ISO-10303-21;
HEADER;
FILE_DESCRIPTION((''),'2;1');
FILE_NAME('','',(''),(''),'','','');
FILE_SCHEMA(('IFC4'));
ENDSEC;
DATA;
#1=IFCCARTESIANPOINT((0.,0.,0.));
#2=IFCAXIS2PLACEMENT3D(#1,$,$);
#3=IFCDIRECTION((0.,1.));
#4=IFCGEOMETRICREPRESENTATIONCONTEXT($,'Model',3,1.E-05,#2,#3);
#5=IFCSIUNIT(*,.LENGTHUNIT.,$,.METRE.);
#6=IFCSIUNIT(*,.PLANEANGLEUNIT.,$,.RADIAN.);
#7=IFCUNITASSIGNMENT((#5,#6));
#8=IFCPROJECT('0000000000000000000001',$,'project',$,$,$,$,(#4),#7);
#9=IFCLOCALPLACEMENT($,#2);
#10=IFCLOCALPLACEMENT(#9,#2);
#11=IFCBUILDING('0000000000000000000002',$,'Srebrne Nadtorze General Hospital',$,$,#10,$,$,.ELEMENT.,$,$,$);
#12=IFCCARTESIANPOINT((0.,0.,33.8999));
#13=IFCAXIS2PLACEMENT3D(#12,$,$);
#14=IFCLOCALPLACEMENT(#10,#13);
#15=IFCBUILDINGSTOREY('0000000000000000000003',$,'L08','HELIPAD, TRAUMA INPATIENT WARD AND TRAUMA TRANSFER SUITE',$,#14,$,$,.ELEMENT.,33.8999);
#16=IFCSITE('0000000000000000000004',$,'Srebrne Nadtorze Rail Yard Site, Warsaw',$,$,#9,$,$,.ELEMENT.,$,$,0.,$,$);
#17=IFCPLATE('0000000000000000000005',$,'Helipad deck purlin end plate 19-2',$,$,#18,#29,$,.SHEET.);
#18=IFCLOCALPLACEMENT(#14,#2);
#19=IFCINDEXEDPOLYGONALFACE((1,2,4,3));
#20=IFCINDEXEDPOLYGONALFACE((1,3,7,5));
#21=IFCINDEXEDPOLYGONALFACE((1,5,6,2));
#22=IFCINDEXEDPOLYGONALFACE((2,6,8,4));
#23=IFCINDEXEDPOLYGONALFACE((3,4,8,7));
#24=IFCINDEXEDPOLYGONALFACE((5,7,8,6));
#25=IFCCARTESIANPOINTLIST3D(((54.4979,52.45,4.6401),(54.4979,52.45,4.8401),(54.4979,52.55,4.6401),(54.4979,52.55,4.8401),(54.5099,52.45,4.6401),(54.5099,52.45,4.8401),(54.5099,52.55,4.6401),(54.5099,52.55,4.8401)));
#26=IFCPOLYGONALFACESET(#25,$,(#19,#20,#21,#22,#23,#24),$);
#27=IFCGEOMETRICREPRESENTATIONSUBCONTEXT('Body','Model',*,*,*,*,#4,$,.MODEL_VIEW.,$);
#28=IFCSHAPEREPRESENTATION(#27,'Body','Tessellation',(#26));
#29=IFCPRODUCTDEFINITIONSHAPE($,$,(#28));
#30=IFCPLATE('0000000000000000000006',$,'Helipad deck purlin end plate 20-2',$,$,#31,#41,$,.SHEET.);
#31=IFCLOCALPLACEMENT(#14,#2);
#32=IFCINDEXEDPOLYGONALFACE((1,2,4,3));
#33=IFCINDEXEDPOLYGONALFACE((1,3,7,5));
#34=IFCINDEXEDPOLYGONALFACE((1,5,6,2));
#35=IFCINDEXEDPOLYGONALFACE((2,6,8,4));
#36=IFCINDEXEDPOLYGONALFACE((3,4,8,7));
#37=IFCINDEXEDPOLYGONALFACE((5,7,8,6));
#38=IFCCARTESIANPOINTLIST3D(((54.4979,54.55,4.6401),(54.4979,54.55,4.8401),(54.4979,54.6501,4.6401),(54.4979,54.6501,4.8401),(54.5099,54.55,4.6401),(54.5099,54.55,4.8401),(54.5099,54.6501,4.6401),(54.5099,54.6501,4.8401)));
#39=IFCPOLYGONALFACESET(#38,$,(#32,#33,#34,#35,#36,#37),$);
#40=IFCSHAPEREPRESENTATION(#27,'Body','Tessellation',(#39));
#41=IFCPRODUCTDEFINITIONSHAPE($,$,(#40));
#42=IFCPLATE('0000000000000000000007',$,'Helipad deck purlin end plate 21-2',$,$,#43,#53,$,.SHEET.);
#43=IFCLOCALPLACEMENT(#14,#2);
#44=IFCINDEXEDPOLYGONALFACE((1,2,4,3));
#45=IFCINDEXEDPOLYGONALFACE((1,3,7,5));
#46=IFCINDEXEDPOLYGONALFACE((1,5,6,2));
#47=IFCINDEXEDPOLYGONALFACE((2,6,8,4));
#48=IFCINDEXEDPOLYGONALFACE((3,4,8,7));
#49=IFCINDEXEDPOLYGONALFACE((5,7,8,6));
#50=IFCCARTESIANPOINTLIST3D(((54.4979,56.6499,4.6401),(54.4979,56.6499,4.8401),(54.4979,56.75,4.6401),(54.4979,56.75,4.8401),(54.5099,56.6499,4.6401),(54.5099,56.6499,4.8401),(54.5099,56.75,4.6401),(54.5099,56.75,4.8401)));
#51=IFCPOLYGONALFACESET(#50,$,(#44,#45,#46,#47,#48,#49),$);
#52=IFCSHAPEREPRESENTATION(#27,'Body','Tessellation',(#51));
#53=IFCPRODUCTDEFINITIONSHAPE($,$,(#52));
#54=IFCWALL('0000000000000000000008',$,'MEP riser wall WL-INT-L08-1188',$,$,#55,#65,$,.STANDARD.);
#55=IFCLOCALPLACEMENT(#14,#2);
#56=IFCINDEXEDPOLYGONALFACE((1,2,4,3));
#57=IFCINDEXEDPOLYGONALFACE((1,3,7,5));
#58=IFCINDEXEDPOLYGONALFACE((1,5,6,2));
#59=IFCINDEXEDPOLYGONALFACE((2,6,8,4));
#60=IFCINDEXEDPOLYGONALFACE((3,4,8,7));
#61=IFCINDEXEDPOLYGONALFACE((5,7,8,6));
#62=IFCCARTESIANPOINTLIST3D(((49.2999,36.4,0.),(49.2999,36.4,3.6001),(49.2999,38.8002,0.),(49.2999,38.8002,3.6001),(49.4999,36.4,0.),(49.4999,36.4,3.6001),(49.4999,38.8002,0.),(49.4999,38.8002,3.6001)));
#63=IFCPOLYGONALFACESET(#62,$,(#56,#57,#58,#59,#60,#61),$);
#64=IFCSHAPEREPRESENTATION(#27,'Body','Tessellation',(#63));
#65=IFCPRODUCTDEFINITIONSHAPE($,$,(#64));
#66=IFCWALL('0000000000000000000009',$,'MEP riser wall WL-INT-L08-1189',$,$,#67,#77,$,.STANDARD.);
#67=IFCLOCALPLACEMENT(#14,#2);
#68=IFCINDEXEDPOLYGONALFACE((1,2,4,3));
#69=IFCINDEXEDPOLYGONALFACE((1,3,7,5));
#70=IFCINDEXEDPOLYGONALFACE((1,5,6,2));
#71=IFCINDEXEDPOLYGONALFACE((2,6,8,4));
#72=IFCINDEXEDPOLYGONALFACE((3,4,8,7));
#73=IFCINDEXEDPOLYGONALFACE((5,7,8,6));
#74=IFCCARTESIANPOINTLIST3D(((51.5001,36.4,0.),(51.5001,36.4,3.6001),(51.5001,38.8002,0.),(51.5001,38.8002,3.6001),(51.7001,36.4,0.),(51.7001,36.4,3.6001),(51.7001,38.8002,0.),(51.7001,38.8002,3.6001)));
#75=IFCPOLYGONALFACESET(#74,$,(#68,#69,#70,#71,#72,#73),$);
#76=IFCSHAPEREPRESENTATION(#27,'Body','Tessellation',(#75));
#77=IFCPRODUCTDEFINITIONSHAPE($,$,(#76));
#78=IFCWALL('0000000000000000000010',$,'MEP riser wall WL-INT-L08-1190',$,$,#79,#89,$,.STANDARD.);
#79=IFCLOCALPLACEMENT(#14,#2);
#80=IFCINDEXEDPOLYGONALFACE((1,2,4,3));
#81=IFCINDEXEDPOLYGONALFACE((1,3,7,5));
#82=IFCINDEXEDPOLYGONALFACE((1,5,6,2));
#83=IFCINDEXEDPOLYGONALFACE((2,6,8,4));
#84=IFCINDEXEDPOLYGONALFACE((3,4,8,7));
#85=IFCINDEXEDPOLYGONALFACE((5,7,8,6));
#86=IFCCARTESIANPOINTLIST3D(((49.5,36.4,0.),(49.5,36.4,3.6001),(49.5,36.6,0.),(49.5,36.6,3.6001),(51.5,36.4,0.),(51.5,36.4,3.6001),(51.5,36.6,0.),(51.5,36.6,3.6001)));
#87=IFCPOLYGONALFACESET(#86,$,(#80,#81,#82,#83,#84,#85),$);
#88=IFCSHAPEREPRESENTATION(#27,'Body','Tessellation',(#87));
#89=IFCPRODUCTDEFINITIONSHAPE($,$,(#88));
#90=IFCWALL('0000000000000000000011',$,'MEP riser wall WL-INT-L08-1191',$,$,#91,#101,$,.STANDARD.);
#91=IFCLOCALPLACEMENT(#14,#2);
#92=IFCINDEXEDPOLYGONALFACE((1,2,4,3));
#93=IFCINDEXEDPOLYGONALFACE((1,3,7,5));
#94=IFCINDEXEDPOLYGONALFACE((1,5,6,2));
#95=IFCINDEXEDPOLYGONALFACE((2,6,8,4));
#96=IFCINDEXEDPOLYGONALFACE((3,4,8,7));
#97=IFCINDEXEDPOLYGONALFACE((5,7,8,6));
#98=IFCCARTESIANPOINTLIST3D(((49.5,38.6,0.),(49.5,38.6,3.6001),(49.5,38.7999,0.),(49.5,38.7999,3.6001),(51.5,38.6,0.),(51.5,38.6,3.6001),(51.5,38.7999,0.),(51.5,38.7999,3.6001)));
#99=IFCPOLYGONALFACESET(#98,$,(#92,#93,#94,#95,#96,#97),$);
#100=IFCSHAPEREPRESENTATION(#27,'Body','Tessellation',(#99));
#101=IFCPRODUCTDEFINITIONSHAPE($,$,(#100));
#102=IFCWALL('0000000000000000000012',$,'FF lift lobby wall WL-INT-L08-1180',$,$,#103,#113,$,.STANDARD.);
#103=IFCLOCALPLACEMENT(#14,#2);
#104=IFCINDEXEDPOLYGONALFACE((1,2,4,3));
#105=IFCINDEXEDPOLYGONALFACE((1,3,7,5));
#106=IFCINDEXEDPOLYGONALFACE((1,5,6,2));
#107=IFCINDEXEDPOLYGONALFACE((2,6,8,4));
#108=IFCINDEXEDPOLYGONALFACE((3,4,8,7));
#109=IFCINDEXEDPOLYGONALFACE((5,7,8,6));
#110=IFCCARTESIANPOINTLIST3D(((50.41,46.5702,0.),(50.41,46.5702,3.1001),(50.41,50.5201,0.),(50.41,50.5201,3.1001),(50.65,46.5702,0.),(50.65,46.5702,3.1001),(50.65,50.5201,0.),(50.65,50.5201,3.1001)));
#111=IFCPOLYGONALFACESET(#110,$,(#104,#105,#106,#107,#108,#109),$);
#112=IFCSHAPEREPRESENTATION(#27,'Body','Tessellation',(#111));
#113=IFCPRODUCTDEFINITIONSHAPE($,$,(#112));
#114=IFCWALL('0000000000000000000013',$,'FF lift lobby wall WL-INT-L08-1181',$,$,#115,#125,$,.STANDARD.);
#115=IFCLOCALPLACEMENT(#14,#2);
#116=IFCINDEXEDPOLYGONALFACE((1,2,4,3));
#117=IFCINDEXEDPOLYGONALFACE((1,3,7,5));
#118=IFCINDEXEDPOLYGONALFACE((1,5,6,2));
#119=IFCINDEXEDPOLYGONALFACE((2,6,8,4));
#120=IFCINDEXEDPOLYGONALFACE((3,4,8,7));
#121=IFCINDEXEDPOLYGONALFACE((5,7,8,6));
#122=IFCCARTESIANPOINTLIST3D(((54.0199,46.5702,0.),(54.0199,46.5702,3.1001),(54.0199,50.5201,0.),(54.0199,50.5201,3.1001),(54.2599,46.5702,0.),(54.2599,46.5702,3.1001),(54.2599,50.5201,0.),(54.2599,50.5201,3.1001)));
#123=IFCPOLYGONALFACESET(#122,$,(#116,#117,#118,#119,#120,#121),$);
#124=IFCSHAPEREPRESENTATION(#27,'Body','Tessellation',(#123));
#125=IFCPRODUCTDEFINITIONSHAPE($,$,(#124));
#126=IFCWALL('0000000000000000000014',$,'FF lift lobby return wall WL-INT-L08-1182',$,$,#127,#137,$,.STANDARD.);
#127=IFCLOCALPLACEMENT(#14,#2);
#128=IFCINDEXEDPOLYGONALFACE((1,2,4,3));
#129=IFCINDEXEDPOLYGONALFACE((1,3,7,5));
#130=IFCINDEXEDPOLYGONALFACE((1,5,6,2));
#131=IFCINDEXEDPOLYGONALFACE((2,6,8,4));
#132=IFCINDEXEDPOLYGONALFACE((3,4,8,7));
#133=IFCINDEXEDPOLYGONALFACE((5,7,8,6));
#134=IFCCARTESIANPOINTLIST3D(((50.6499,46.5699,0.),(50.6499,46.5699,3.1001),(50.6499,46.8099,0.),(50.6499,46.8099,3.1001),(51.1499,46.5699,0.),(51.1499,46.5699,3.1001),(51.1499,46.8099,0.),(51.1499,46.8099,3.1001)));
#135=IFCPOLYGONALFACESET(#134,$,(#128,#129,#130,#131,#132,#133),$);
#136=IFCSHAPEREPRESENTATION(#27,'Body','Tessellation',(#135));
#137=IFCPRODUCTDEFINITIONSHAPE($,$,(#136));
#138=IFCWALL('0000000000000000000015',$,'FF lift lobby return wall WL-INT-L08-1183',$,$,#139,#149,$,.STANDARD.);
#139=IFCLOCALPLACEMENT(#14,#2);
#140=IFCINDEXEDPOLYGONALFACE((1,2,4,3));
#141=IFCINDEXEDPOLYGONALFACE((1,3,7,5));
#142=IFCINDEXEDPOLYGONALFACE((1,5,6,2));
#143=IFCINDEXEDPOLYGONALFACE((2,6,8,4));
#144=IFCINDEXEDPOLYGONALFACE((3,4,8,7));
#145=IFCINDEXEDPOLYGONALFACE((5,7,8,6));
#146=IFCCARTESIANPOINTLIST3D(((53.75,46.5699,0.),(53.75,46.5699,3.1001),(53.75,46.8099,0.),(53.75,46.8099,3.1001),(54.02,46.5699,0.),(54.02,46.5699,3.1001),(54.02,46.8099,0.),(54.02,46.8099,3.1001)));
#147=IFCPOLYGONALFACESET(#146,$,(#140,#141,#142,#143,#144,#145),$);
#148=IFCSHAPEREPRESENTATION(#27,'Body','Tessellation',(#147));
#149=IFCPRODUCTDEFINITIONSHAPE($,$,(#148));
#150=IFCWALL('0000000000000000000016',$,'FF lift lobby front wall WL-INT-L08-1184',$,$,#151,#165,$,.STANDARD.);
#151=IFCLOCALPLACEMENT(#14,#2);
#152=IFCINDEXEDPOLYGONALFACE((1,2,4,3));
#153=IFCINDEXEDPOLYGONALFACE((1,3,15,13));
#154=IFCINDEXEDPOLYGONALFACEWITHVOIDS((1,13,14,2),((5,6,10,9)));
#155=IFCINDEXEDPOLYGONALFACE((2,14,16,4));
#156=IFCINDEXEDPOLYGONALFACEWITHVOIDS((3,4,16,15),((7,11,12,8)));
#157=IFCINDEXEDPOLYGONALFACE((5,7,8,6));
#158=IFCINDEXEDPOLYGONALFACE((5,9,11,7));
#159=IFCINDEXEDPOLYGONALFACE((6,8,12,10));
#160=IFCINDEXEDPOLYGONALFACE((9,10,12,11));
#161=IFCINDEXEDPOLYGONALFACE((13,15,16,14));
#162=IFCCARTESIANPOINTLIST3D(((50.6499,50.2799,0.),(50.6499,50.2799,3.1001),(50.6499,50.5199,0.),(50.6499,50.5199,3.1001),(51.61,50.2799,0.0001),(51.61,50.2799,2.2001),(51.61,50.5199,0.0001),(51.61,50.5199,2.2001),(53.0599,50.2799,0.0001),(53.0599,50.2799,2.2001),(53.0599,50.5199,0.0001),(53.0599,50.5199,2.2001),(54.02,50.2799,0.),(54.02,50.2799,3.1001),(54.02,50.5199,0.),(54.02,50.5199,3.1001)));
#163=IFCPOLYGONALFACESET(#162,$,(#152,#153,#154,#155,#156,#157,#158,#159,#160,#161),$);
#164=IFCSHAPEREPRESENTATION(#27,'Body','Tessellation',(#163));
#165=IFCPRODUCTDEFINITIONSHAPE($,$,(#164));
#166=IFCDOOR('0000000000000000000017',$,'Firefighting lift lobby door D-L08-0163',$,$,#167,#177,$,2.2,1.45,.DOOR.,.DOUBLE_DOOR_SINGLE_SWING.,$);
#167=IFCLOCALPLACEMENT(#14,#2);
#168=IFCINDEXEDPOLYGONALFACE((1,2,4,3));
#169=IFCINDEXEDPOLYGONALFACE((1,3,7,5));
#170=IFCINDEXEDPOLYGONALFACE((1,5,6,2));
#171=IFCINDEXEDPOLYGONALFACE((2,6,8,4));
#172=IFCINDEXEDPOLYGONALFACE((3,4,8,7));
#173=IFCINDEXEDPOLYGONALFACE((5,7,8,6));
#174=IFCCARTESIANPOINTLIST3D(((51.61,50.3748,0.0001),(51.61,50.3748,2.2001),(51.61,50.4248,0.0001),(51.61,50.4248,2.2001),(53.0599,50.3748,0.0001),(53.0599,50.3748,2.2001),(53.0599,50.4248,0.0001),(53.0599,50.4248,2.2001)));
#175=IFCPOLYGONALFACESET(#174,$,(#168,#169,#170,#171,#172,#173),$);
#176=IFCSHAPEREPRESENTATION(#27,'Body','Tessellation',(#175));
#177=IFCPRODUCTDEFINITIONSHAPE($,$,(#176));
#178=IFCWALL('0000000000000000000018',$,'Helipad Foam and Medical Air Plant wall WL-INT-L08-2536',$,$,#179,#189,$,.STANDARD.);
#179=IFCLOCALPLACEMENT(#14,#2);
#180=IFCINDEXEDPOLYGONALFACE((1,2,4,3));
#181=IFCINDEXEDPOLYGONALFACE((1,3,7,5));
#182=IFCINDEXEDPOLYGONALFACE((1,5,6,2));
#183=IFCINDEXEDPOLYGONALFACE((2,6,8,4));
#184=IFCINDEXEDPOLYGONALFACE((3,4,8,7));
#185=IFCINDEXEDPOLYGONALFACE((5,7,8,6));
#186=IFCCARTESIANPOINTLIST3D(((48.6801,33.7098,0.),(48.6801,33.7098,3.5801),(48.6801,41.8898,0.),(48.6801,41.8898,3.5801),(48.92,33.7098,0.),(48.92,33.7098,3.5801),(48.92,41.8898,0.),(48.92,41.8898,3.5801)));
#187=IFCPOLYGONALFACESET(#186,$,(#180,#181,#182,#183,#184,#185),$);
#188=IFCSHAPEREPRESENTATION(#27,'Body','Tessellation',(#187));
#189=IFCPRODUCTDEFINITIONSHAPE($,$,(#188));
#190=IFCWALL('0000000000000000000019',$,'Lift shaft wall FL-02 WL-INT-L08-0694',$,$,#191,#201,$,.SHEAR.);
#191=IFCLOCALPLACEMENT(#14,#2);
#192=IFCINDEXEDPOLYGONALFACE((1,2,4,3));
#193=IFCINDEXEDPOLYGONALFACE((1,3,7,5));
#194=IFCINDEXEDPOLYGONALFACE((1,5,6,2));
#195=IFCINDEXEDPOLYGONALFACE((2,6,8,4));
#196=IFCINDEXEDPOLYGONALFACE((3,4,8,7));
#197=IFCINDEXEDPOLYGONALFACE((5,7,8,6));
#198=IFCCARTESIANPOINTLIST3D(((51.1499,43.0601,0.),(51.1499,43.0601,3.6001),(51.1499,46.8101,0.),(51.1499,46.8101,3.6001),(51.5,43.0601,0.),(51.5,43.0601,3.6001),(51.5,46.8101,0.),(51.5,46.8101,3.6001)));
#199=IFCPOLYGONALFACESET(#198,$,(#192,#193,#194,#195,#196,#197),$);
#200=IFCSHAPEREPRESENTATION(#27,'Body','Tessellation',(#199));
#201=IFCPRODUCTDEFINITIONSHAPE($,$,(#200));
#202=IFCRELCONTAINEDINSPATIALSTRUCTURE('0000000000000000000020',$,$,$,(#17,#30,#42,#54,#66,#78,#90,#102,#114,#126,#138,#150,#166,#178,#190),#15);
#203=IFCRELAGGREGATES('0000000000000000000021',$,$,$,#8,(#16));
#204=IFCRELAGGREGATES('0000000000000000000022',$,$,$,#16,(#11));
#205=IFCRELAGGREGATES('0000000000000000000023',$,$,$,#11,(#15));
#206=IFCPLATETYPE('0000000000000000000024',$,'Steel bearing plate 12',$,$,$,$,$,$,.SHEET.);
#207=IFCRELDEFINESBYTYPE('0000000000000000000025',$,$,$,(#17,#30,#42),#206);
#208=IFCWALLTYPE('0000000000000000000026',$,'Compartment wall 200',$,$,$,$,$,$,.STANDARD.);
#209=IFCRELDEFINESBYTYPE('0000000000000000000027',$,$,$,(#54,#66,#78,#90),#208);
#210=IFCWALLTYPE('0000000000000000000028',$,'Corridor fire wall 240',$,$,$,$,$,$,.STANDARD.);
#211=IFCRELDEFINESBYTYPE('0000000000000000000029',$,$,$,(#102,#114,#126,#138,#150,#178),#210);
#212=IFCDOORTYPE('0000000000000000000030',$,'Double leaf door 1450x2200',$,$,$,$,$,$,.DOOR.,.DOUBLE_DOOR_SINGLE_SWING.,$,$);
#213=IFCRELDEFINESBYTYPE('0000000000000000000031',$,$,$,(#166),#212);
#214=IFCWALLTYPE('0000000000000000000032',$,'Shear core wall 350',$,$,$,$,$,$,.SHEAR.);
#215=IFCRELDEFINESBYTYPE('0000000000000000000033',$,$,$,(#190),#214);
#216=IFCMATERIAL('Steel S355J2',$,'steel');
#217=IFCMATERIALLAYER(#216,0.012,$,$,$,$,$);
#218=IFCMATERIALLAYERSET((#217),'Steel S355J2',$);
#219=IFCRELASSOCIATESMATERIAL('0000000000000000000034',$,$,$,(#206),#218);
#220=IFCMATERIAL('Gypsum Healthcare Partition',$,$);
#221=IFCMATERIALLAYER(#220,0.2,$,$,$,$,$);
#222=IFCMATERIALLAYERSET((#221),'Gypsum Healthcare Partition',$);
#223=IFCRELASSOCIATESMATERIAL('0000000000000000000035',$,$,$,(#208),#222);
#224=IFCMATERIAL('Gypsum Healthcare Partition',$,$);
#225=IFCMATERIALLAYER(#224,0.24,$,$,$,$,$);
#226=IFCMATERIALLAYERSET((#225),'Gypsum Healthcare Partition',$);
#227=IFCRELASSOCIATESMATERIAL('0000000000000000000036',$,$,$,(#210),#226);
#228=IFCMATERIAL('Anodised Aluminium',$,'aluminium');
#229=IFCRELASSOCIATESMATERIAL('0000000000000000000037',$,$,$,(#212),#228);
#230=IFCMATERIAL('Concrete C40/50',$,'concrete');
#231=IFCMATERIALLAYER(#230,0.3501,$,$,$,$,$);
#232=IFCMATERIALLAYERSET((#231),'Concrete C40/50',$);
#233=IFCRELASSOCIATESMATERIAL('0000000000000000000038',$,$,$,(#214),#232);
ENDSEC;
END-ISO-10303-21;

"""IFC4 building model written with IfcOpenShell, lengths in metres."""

from ifc_helpers import new_model, si_unit, direction, frame, frame_2d, origin, origin_2d, place, context, subcontext, project, spatial, rectangle, extrude, material, layer, layer_set, type_object, element, fill, save


model = new_model("IFC4")

# Units and contexts
model_context = context("Model", 3, precision=1e-05, world=origin(), true_north=direction((0.0, 1.0)))
body_context = subcontext(model_context, "Body", "Model", "MODEL_VIEW")
ifc_project = project(units=[si_unit("LENGTHUNIT", "METRE"), si_unit("PLANEANGLEUNIT", "RADIAN")], contexts=[model_context])

# Site, building, storey
site_placement = place(None, origin())
site = spatial("IfcSite", under=ifc_project, at=site_placement, Name="Srebrne Nadtorze Rail Yard Site, Warsaw", CompositionType="ELEMENT", RefElevation=0.0)
building_placement = place(site_placement, origin())
building = spatial("IfcBuilding", under=site, at=building_placement, Name="Srebrne Nadtorze General Hospital", CompositionType="ELEMENT")
storey_placement = place(building_placement, frame((0.0, 0.0, 33.8999)))
storey = spatial("IfcBuildingStorey", under=building, at=storey_placement, Name="L08", Description="HELIPAD, TRAUMA INPATIENT WARD AND TRAUMA TRANSFER SUITE", CompositionType="ELEMENT", Elevation=33.8999)

# Plates
ifc_material_1 = material(Name="Steel S355J2", Category="steel")
ifc_layer_1 = layer(ifc_material_1, 0.012)
ifc_layer_set_1 = layer_set([ifc_layer_1], Name="Steel S355J2")
plate_type = type_object("IfcPlateType", Name="Steel bearing plate 12", PredefinedType="SHEET", material=ifc_layer_set_1)
for number, where, z_axis, x_axis, name in (
    (1, (54.5039, 52.5, 4.6401), (0.0, 0.0, 1.0), (1.0, 0.0, 0.0), "Helipad deck purlin end plate 19-2"),
    (2, (54.5039, 54.6001, 4.6401), (0.0, 0.0, 1.0), (1.0, 0.0, 0.0), "Helipad deck purlin end plate 20-2"),
    (3, (54.5039, 56.7, 4.6401), (0.0, 0.0, 1.0), (1.0, 0.0, 0.0), "Helipad deck purlin end plate 21-2"),
):
    element("IfcPlate", number, at=place(storey_placement, frame(where, z_axis=z_axis, x_axis=x_axis)), inside=storey, type_object=plate_type, Name=name, PredefinedType="SHEET", context=body_context, shape_type="SweptSolid", body=[
        extrude(rectangle(XDim=0.012, YDim=0.1001, at=origin_2d()), origin(), (0.0, 0.0, 1.0), 0.2),
    ])

# Walls
ifc_material_2 = material(Name="Gypsum Healthcare Partition")
ifc_layer_2 = layer(ifc_material_2, 0.2)
ifc_layer_set_2 = layer_set([ifc_layer_2], Name="Gypsum Healthcare Partition")
wall_type_1 = type_object("IfcWallType", Name="Compartment wall 200", PredefinedType="STANDARD", material=ifc_layer_set_2)
for number, where, z_axis, x_axis, name in (
    (4, (49.3999, 36.3999, 0.0), (0.0, 0.0, 1.0), (0.0, 1.0, 0.0), "MEP riser wall WL-INT-L08-1188"),
    (5, (51.6001, 36.3999, 0.0), (0.0, 0.0, 1.0), (0.0, 1.0, 0.0), "MEP riser wall WL-INT-L08-1189"),
):
    element("IfcWall", number, at=place(storey_placement, frame(where, z_axis=z_axis, x_axis=x_axis)), inside=storey, type_object=wall_type_1, Name=name, PredefinedType="STANDARD", context=body_context, shape_type="SweptSolid", body=[
        extrude(rectangle(XDim=2.4001, YDim=0.2, at=frame_2d((1.2002, 0.0))), origin(), (0.0, 0.0, 1.0), 3.6001),
    ])
for number, where, z_axis, x_axis, name in (
    (6, (49.5, 36.5, 0.0), (0.0, 0.0, 1.0), (1.0, 0.0, 0.0), "MEP riser wall WL-INT-L08-1190"),
    (7, (49.5, 38.7, 0.0), (0.0, 0.0, 1.0), (1.0, 0.0, 0.0), "MEP riser wall WL-INT-L08-1191"),
):
    element("IfcWall", number, at=place(storey_placement, frame(where, z_axis=z_axis, x_axis=x_axis)), inside=storey, type_object=wall_type_1, Name=name, PredefinedType="STANDARD", context=body_context, shape_type="SweptSolid", body=[
        extrude(rectangle(XDim=2.0, YDim=0.2, at=frame_2d((1.0, 0.0))), origin(), (0.0, 0.0, 1.0), 3.6001),
    ])
ifc_material_3 = material(Name="Gypsum Healthcare Partition")
ifc_layer_3 = layer(ifc_material_3, 0.24)
ifc_layer_set_3 = layer_set([ifc_layer_3], Name="Gypsum Healthcare Partition")
wall_type_2 = type_object("IfcWallType", Name="Corridor fire wall 240", PredefinedType="STANDARD", material=ifc_layer_set_3)
for number, where, z_axis, x_axis, name in (
    (8, (50.53, 46.5701, 0.0), (0.0, 0.0, 1.0), (0.0, 1.0, 0.0), "FF lift lobby wall WL-INT-L08-1180"),
    (9, (54.1399, 46.5701, 0.0), (0.0, 0.0, 1.0), (0.0, 1.0, 0.0), "FF lift lobby wall WL-INT-L08-1181"),
):
    element("IfcWall", number, at=place(storey_placement, frame(where, z_axis=z_axis, x_axis=x_axis)), inside=storey, type_object=wall_type_2, Name=name, PredefinedType="STANDARD", context=body_context, shape_type="SweptSolid", body=[
        extrude(rectangle(XDim=3.95, YDim=0.24, at=frame_2d((1.9751, 0.0))), origin(), (0.0, 0.0, 1.0), 3.1001),
    ])
wall_1_placement = place(storey_placement, frame((50.6499, 46.6899, 0.0), z_axis=(0.0, 0.0, 1.0), x_axis=(1.0, 0.0, 0.0)))
element("IfcWall", 10, at=wall_1_placement, inside=storey, type_object=wall_type_2, Name="FF lift lobby return wall WL-INT-L08-1182", PredefinedType="STANDARD", context=body_context, shape_type="SweptSolid", body=[
    extrude(rectangle(XDim=0.5, YDim=0.24, at=frame_2d((0.25, 0.0))), origin(), (0.0, 0.0, 1.0), 3.1001),
])
wall_2_placement = place(storey_placement, frame((53.75, 46.6899, 0.0), z_axis=(0.0, 0.0, 1.0), x_axis=(1.0, 0.0, 0.0)))
element("IfcWall", 11, at=wall_2_placement, inside=storey, type_object=wall_type_2, Name="FF lift lobby return wall WL-INT-L08-1183", PredefinedType="STANDARD", context=body_context, shape_type="SweptSolid", body=[
    extrude(rectangle(XDim=0.27, YDim=0.24, at=frame_2d((0.135, 0.0))), origin(), (0.0, 0.0, 1.0), 3.1001),
])

# Wall, opening, door
wall_3_placement = place(storey_placement, frame((50.6499, 50.3999, 0.0), z_axis=(0.0, 0.0, 1.0), x_axis=(1.0, 0.0, 0.0)))
wall_3 = element("IfcWall", 12, at=wall_3_placement, inside=storey, type_object=wall_type_2, Name="FF lift lobby front wall WL-INT-L08-1184", PredefinedType="STANDARD", context=body_context, shape_type="SweptSolid", body=[
    extrude(rectangle(XDim=3.3701, YDim=0.24, at=frame_2d((1.6851, 0.0))), origin(), (0.0, 0.0, 1.0), 3.1001),
])
opening_1_placement = place(wall_3_placement, frame((0.96, 0.0, 0.0)))
opening_1 = element("IfcOpeningElement", 13, at=opening_1_placement, cuts=wall_3, PredefinedType="OPENING", context=body_context, shape_type="SweptSolid", body=[
    extrude(rectangle(XDim=1.45, YDim=2.2, at=frame_2d((0.7251, 1.1001))), frame((0.0, 0.1318, 0.0), z_axis=(0.0, -1.0, 0.0), x_axis=(1.0, 0.0, 0.0)), (0.0, 0.0, 1.0), 0.2639),
])
ifc_material_4 = material(Name="Anodised Aluminium", Category="aluminium")
door_type_1 = type_object("IfcDoorType", Name="Double leaf door 1450x2200", OperationType="DOUBLE_DOOR_SINGLE_SWING", PredefinedType="DOOR", material=ifc_material_4)
door_1_placement = place(opening_1_placement, origin())
door_1 = element("IfcDoor", 14, at=door_1_placement, inside=storey, type_object=door_type_1, Name="Firefighting lift lobby door D-L08-0163", OperationType="DOUBLE_DOOR_SINGLE_SWING", OverallHeight=2.2, OverallWidth=1.45, PredefinedType="DOOR", context=body_context, shape_type="SweptSolid", body=[
    extrude(rectangle(XDim=1.45, YDim=2.2, at=frame_2d((0.7251, 1.1001))), frame((0.0, 0.0249, 0.0), z_axis=(0.0, -1.0, 0.0), x_axis=(1.0, 0.0, 0.0)), (0.0, 0.0, 1.0), 0.05),
])
fill(opening_1, door_1)

# Walls
wall_4_placement = place(storey_placement, frame((48.8, 33.71, 0.0), z_axis=(0.0, 0.0, 1.0), x_axis=(0.0, 1.0, 0.0)))
element("IfcWall", 15, at=wall_4_placement, inside=storey, type_object=wall_type_2, Name="Helipad Foam and Medical Air Plant wall WL-INT-L08-2536", PredefinedType="STANDARD", context=body_context, shape_type="SweptSolid", body=[
    extrude(rectangle(XDim=8.1799, YDim=0.24, at=frame_2d((4.0898, 0.0))), origin(), (0.0, 0.0, 1.0), 3.5801),
])
ifc_material_5 = material(Name="Concrete C40/50", Category="concrete")
ifc_layer_4 = layer(ifc_material_5, 0.3501)
ifc_layer_set_4 = layer_set([ifc_layer_4], Name="Concrete C40/50")
wall_type_3 = type_object("IfcWallType", Name="Shear core wall 350", PredefinedType="SHEAR", material=ifc_layer_set_4)
for number, where, z_axis, x_axis, name in (
    (16, (51.325, 43.0601, 0.0), (0.0, 0.0, 1.0), (0.0, 1.0, 0.0), "Lift shaft wall FL-02 WL-INT-L08-0694"),
):
    element("IfcWall", number, at=place(storey_placement, frame(where, z_axis=z_axis, x_axis=x_axis)), inside=storey, type_object=wall_type_3, Name=name, PredefinedType="SHEAR", context=body_context, shape_type="SweptSolid", body=[
        extrude(rectangle(XDim=3.75, YDim=0.3501, at=frame_2d((1.875, 0.0))), origin(), (0.0, 0.0, 1.0), 3.6001),
    ])

save(model, "model.ifc")
